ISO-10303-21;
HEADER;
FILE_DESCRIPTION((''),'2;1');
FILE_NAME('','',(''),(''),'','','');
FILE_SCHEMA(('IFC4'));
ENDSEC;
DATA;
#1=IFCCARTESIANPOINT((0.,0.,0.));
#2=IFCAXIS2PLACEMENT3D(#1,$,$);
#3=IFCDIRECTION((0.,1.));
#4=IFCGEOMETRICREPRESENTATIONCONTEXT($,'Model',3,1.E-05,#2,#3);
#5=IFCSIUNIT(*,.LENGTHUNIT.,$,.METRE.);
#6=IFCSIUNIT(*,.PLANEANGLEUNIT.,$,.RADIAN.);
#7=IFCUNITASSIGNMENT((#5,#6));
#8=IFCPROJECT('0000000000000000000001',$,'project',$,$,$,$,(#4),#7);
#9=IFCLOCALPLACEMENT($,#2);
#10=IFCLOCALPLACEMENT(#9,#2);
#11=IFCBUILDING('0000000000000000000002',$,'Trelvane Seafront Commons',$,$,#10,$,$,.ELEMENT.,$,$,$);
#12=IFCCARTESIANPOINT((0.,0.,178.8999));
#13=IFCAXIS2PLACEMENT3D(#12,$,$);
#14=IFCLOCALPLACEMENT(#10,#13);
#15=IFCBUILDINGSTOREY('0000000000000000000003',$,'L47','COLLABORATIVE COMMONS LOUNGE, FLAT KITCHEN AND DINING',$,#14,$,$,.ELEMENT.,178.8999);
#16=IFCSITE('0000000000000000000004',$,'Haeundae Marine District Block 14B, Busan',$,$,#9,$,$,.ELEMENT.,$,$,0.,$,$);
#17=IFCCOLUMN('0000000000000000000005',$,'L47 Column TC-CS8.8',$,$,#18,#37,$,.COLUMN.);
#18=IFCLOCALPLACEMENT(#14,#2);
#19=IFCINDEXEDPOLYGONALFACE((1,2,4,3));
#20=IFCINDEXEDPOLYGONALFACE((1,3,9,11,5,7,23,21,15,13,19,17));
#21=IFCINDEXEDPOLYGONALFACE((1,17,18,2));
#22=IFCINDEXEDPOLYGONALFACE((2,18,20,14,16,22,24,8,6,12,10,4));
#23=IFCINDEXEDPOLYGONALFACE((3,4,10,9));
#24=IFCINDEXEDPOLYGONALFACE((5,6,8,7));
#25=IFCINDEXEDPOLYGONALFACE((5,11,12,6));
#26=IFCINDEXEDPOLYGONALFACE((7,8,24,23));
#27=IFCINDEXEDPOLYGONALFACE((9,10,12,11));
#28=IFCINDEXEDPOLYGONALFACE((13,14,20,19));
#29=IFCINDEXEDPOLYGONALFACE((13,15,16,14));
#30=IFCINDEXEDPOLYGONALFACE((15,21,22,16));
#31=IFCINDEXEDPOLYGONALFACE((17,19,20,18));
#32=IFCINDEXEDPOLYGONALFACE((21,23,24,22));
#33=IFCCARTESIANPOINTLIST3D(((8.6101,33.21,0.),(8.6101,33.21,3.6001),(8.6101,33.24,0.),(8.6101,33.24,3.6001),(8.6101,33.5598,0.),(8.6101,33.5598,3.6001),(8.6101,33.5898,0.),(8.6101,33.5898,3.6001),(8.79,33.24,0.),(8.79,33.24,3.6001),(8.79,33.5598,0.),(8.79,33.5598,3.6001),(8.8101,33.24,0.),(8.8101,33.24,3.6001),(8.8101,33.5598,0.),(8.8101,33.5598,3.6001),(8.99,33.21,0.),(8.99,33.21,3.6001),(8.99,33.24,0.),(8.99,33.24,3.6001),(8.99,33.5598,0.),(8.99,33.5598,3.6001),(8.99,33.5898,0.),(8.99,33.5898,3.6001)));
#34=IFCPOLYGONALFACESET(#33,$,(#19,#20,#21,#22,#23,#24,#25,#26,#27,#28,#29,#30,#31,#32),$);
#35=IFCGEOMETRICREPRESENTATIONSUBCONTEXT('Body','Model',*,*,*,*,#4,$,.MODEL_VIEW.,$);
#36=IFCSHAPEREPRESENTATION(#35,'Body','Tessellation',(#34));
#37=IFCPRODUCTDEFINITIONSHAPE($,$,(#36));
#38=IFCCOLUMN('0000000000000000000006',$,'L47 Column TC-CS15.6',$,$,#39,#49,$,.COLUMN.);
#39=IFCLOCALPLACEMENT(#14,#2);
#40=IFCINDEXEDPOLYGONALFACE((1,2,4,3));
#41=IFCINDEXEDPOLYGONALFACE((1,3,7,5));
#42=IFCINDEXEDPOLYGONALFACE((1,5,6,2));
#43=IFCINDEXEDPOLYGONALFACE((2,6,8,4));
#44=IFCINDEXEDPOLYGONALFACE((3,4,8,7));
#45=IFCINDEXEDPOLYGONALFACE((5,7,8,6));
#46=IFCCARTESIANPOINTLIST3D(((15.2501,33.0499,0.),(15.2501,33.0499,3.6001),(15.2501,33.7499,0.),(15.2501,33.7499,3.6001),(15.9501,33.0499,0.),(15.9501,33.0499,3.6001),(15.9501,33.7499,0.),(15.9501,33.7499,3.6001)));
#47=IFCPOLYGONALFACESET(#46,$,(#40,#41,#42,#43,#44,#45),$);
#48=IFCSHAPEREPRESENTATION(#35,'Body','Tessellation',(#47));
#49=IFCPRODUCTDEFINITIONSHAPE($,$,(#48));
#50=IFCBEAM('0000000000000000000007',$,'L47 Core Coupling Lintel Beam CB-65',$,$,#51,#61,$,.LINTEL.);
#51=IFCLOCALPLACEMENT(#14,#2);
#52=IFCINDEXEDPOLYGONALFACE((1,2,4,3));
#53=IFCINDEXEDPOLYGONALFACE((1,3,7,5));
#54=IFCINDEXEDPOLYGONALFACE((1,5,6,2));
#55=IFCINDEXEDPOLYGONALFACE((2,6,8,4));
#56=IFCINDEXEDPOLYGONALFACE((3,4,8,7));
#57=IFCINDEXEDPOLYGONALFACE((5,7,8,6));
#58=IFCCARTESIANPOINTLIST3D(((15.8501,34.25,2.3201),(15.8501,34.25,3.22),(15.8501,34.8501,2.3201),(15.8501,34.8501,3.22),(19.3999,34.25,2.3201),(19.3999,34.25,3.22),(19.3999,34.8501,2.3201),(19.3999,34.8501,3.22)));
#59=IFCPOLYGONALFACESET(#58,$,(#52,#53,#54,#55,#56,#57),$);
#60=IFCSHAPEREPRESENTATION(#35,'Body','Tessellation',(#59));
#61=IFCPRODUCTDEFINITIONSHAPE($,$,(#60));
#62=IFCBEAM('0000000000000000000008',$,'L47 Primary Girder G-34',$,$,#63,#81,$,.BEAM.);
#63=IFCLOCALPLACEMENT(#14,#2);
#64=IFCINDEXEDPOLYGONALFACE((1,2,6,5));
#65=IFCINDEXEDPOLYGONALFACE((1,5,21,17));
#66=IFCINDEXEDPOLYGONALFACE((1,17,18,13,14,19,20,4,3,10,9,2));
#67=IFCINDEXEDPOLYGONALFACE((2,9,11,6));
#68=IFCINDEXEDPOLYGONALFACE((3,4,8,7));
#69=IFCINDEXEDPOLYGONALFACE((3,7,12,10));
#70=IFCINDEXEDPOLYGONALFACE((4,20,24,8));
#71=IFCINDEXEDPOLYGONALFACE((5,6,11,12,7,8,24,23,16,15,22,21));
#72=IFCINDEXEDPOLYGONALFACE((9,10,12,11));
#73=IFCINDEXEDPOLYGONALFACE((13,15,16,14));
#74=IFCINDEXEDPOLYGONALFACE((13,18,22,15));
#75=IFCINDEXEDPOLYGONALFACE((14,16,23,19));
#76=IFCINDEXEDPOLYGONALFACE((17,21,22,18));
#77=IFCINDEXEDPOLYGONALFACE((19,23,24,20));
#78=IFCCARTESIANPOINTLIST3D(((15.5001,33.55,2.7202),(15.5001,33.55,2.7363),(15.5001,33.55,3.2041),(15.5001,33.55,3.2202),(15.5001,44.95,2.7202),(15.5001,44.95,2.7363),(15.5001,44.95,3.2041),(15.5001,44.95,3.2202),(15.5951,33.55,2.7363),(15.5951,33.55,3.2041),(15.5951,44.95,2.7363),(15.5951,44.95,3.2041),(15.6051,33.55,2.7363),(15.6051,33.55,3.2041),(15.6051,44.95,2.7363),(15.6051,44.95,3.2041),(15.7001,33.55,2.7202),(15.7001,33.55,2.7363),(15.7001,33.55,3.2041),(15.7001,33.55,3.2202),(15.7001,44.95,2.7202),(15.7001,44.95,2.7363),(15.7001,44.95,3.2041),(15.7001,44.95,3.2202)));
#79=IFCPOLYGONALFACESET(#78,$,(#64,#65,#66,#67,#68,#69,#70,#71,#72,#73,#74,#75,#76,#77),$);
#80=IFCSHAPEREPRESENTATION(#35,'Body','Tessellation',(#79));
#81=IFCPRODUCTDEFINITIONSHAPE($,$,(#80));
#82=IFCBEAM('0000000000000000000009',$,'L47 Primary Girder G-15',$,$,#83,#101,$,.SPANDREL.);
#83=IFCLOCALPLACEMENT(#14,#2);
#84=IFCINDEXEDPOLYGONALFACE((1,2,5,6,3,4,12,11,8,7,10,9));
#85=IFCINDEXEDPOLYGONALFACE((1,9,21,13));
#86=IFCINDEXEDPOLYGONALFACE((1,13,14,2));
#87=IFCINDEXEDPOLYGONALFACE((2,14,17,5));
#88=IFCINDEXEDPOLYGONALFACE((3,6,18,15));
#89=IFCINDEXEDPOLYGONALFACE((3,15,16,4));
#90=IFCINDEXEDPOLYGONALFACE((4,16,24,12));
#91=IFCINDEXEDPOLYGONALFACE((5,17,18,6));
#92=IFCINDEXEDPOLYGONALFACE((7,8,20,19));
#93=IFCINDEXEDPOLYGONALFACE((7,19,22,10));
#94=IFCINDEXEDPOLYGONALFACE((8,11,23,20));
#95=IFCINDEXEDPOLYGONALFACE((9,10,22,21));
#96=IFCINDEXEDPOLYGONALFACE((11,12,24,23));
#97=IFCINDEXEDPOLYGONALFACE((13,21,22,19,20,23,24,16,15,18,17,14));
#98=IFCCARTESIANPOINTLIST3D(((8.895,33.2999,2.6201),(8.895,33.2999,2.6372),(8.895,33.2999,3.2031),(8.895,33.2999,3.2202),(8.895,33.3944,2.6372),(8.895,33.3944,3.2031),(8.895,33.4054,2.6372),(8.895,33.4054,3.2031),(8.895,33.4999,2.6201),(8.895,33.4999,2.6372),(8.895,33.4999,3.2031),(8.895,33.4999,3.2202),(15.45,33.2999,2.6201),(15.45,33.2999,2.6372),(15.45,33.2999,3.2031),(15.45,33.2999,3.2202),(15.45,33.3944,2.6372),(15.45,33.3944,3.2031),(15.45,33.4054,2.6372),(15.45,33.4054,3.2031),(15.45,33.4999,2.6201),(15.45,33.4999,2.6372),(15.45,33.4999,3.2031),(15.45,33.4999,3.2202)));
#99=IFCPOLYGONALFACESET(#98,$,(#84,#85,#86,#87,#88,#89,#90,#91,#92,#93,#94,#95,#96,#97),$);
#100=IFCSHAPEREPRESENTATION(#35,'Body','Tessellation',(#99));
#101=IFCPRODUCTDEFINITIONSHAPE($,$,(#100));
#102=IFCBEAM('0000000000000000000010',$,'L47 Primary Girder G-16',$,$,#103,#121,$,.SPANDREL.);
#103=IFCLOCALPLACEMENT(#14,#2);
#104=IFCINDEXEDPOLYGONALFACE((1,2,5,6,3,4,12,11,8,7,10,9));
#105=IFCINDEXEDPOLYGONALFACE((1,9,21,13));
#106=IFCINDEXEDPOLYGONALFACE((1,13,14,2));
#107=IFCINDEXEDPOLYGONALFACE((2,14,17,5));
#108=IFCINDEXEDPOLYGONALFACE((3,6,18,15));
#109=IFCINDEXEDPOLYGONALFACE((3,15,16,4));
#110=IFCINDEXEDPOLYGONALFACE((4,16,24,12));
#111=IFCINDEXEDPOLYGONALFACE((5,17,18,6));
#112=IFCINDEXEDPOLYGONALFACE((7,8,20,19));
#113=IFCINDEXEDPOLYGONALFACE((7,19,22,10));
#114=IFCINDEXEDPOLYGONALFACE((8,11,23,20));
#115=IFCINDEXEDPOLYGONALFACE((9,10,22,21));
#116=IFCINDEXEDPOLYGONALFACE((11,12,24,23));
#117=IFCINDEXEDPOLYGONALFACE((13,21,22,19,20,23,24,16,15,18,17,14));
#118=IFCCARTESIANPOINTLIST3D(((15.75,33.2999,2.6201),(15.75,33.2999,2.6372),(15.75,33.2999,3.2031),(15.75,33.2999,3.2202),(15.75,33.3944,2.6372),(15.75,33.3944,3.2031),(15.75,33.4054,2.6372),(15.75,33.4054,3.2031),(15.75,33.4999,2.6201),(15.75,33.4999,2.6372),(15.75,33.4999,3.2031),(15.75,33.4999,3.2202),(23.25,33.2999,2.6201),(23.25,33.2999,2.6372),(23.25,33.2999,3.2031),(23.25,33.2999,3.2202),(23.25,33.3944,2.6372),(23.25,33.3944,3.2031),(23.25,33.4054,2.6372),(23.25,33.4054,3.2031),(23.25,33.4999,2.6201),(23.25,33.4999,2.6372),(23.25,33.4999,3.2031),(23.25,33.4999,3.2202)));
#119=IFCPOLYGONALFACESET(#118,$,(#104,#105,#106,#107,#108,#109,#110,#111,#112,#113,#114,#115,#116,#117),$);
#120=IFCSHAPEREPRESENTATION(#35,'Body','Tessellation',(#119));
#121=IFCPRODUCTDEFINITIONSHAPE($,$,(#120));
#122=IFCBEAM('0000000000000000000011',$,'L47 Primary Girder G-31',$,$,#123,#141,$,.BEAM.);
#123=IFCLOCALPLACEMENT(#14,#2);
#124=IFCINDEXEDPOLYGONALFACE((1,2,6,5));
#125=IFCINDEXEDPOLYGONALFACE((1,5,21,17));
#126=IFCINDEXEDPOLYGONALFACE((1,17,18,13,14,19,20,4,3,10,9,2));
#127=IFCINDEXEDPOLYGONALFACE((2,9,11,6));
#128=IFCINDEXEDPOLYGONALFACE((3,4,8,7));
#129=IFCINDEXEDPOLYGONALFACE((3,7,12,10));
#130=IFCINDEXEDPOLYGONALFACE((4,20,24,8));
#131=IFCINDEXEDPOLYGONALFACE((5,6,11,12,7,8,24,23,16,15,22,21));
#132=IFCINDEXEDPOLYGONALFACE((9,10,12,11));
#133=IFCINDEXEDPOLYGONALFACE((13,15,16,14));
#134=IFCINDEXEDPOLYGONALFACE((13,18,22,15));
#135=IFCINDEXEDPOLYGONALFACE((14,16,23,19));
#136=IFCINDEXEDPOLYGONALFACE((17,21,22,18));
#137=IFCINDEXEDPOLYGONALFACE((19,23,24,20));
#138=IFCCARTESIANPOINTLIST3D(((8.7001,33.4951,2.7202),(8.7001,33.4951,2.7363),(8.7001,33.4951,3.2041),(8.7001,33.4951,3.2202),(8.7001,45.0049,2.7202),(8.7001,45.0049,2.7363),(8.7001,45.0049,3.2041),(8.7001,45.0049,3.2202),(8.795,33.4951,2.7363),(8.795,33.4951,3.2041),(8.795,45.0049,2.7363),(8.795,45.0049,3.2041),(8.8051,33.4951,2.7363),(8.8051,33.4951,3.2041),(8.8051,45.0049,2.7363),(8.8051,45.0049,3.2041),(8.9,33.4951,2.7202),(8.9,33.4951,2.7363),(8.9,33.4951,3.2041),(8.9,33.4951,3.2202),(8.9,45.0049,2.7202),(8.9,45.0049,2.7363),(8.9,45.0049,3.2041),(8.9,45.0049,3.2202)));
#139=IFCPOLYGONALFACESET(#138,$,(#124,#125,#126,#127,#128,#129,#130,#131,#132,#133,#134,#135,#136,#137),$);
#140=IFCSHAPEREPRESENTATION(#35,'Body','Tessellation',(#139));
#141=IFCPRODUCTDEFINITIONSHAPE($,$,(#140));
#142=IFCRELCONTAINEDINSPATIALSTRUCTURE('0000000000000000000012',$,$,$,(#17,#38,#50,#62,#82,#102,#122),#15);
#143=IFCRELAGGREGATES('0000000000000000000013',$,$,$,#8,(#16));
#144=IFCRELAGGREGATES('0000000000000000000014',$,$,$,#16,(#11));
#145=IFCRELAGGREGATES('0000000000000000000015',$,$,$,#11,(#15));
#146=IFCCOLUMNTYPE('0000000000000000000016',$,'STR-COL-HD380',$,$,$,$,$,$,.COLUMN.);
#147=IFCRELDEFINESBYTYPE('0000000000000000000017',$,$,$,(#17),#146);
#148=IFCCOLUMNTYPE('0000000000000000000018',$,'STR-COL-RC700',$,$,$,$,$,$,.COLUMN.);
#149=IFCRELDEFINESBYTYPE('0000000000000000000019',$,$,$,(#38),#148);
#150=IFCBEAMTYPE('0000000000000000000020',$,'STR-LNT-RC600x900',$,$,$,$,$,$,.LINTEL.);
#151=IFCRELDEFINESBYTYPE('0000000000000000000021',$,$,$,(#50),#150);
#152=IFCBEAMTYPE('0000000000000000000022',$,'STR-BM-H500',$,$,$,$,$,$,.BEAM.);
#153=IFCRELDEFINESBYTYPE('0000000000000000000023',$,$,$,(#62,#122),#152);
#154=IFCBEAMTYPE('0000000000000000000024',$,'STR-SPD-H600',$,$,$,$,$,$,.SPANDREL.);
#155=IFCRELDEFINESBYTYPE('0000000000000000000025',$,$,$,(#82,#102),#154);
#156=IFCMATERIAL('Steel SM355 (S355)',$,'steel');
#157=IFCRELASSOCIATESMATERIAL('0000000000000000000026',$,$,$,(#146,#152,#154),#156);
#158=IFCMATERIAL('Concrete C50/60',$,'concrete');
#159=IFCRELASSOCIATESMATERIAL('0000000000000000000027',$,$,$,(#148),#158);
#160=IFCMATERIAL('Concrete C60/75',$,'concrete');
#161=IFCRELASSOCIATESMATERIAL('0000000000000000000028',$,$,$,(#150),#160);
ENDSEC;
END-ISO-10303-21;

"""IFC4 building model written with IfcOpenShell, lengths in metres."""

from ifc_helpers import new_model, si_unit, direction, frame, origin, origin_2d, place, context, subcontext, project, spatial, rectangle, i_section, extrude, source, transform, mapped, material, material_profile, profile_set, type_object, element, save


model = new_model("IFC4")

# Units and contexts
model_context = context("Model", 3, precision=1e-05, world=origin(), true_north=direction((0.0, 1.0)))
body_context = subcontext(model_context, "Body", "Model", "MODEL_VIEW")
ifc_project = project(units=[si_unit("LENGTHUNIT", "METRE"), si_unit("PLANEANGLEUNIT", "RADIAN")], contexts=[model_context])

# Site, building, storey
site_placement = place(None, origin())
site = spatial("IfcSite", under=ifc_project, at=site_placement, Name="Haeundae Marine District Block 14B, Busan", CompositionType="ELEMENT", RefElevation=0.0)
building_placement = place(site_placement, origin())
building = spatial("IfcBuilding", under=site, at=building_placement, Name="Trelvane Seafront Commons", CompositionType="ELEMENT")
storey_placement = place(building_placement, frame((0.0, 0.0, 178.8999)))
storey = spatial("IfcBuildingStorey", under=building, at=storey_placement, Name="L47", Description="COLLABORATIVE COMMONS LOUNGE, FLAT KITCHEN AND DINING", CompositionType="ELEMENT", Elevation=178.8999)

# Columns
ifc_material_1 = material(Name="Steel SM355 (S355)", Category="steel")
ifc_material_profile_1 = material_profile(ifc_material_1, i_section(OverallWidth=0.3799, OverallDepth=0.3799, WebThickness=0.02, FlangeThickness=0.03, at=origin_2d()), Name="HD-380x380x20x30")
ifc_profile_set_1 = profile_set([ifc_material_profile_1], Name="Steel SM355 (S355)")
column_type_1 = type_object("IfcColumnType", Name="STR-COL-HD380", PredefinedType="COLUMN", material=ifc_profile_set_1)
shared_shape_1 = source(origin(), body_context, "Body", "SweptSolid", [
    extrude(i_section(OverallWidth=0.3799, OverallDepth=0.3799, WebThickness=0.02, FlangeThickness=0.03, at=origin_2d()), origin(), (0.0, 0.0, 1.0), 3.6001),
])
column_1_placement = place(storey_placement, frame((8.8, 33.3999, 0.0), z_axis=(0.0, 0.0, 1.0), x_axis=(1.0, 0.0, 0.0)))
element("IfcColumn", 1, at=column_1_placement, inside=storey, type_object=column_type_1, Name="L47 Column TC-CS8.8", PredefinedType="COLUMN", context=body_context, shape_type="MappedRepresentation", body=[
    mapped(shared_shape_1, transform((0.0, 0.0, 0.0), x_axis=(1.0, 0.0, 0.0), y_axis=(0.0, 1.0, 0.0), z_axis=(0.0, 0.0, 1.0), scale=1.0)),
])
ifc_material_2 = material(Name="Concrete C50/60", Category="concrete")
ifc_material_profile_2 = material_profile(ifc_material_2, rectangle(XDim=0.7, YDim=0.7, at=origin_2d()), Name="RC-700x700")
ifc_profile_set_2 = profile_set([ifc_material_profile_2], Name="Concrete C50/60")
column_type_2 = type_object("IfcColumnType", Name="STR-COL-RC700", PredefinedType="COLUMN", material=ifc_profile_set_2)
shared_shape_2 = source(origin(), body_context, "Body", "SweptSolid", [
    extrude(rectangle(XDim=0.7, YDim=0.7, at=origin_2d()), origin(), (0.0, 0.0, 1.0), 3.6001),
])
column_2_placement = place(storey_placement, frame((15.6001, 33.3999, 0.0), z_axis=(0.0, 0.0, 1.0), x_axis=(1.0, 0.0, 0.0)))
element("IfcColumn", 2, at=column_2_placement, inside=storey, type_object=column_type_2, Name="L47 Column TC-CS15.6", PredefinedType="COLUMN", context=body_context, shape_type="MappedRepresentation", body=[
    mapped(shared_shape_2, transform((0.0, 0.0, 0.0), x_axis=(1.0, 0.0, 0.0), y_axis=(0.0, 1.0, 0.0), z_axis=(0.0, 0.0, 1.0), scale=1.0)),
])

# Beams
ifc_material_3 = material(Name="Concrete C60/75", Category="concrete")
ifc_material_profile_3 = material_profile(ifc_material_3, rectangle(XDim=0.6001, YDim=0.8999, at=origin_2d()), Name="RC-600x900")
ifc_profile_set_3 = profile_set([ifc_material_profile_3], Name="Concrete C60/75")
beam_type_1 = type_object("IfcBeamType", Name="STR-LNT-RC600x900", PredefinedType="LINTEL", material=ifc_profile_set_3)
shared_shape_3 = source(origin(), body_context, "Body", "SweptSolid", [
    extrude(rectangle(XDim=0.6001, YDim=0.8999, at=origin_2d()), origin(), (0.0, 0.0, 1.0), 3.5498),
])
beam_1_placement = place(storey_placement, frame((15.8501, 34.55, 2.77), z_axis=(1.0, 0.0, 0.0), x_axis=(0.0, 1.0, 0.0)))
element("IfcBeam", 3, at=beam_1_placement, inside=storey, type_object=beam_type_1, Name="L47 Core Coupling Lintel Beam CB-65", PredefinedType="LINTEL", context=body_context, shape_type="MappedRepresentation", body=[
    mapped(shared_shape_3, transform((0.0, 0.0, 0.0), x_axis=(1.0, 0.0, 0.0), y_axis=(0.0, 1.0, 0.0), z_axis=(0.0, 0.0, 1.0), scale=1.0)),
])
ifc_material_profile_4 = material_profile(ifc_material_1, i_section(OverallWidth=0.2, OverallDepth=0.5, WebThickness=0.01, FlangeThickness=0.0161, at=origin_2d()), Name="H-500x200x10x16")
ifc_profile_set_4 = profile_set([ifc_material_profile_4], Name="Steel SM355 (S355)")
beam_type_2 = type_object("IfcBeamType", Name="STR-BM-H500", PredefinedType="BEAM", material=ifc_profile_set_4)
shared_shape_4 = source(origin(), body_context, "Body", "SweptSolid", [
    extrude(i_section(OverallWidth=0.2, OverallDepth=0.5, WebThickness=0.01, FlangeThickness=0.0161, at=origin_2d()), origin(), (0.0, 0.0, 1.0), 11.3999),
])
beam_2_placement = place(storey_placement, frame((15.6001, 33.55, 2.9702), z_axis=(0.0, 1.0, 0.0), x_axis=(-1.0, 0.0, 0.0)))
element("IfcBeam", 4, at=beam_2_placement, inside=storey, type_object=beam_type_2, Name="L47 Primary Girder G-34", PredefinedType="BEAM", context=body_context, shape_type="MappedRepresentation", body=[
    mapped(shared_shape_4, transform((0.0, 0.0, 0.0), x_axis=(1.0, 0.0, 0.0), y_axis=(0.0, 1.0, 0.0), z_axis=(0.0, 0.0, 1.0), scale=1.0)),
])
ifc_material_profile_5 = material_profile(ifc_material_1, i_section(OverallWidth=0.2, OverallDepth=0.6001, WebThickness=0.011, FlangeThickness=0.0171, at=origin_2d()), Name="H-600x200x11x17")
ifc_profile_set_5 = profile_set([ifc_material_profile_5], Name="Steel SM355 (S355)")
beam_type_3 = type_object("IfcBeamType", Name="STR-SPD-H600", PredefinedType="SPANDREL", material=ifc_profile_set_5)
shared_shape_5 = source(origin(), body_context, "Body", "SweptSolid", [
    extrude(i_section(OverallWidth=0.2, OverallDepth=0.6001, WebThickness=0.011, FlangeThickness=0.0171, at=origin_2d()), origin(), (0.0, 0.0, 1.0), 6.5549),
])
beam_3_placement = place(storey_placement, frame((8.895, 33.3999, 2.9202), z_axis=(1.0, 0.0, 0.0), x_axis=(0.0, 1.0, 0.0)))
element("IfcBeam", 5, at=beam_3_placement, inside=storey, type_object=beam_type_3, Name="L47 Primary Girder G-15", PredefinedType="SPANDREL", context=body_context, shape_type="MappedRepresentation", body=[
    mapped(shared_shape_5, transform((0.0, 0.0, 0.0), x_axis=(1.0, 0.0, 0.0), y_axis=(0.0, 1.0, 0.0), z_axis=(0.0, 0.0, 1.0), scale=1.0)),
])
shared_shape_6 = source(origin(), body_context, "Body", "SweptSolid", [
    extrude(i_section(OverallWidth=0.2, OverallDepth=0.6001, WebThickness=0.011, FlangeThickness=0.0171, at=origin_2d()), origin(), (0.0, 0.0, 1.0), 7.5),
])
beam_4_placement = place(storey_placement, frame((15.75, 33.3999, 2.9202), z_axis=(1.0, 0.0, 0.0), x_axis=(0.0, 1.0, 0.0)))
element("IfcBeam", 6, at=beam_4_placement, inside=storey, type_object=beam_type_3, Name="L47 Primary Girder G-16", PredefinedType="SPANDREL", context=body_context, shape_type="MappedRepresentation", body=[
    mapped(shared_shape_6, transform((0.0, 0.0, 0.0), x_axis=(1.0, 0.0, 0.0), y_axis=(0.0, 1.0, 0.0), z_axis=(0.0, 0.0, 1.0), scale=1.0)),
])
shared_shape_7 = source(origin(), body_context, "Body", "SweptSolid", [
    extrude(i_section(OverallWidth=0.2, OverallDepth=0.5, WebThickness=0.01, FlangeThickness=0.0161, at=origin_2d()), origin(), (0.0, 0.0, 1.0), 11.5098),
])
beam_5_placement = place(storey_placement, frame((8.8, 33.4951, 2.9702), z_axis=(0.0, 1.0, 0.0), x_axis=(-1.0, 0.0, 0.0)))
element("IfcBeam", 7, at=beam_5_placement, inside=storey, type_object=beam_type_2, Name="L47 Primary Girder G-31", PredefinedType="BEAM", context=body_context, shape_type="MappedRepresentation", body=[
    mapped(shared_shape_7, transform((0.0, 0.0, 0.0), x_axis=(1.0, 0.0, 0.0), y_axis=(0.0, 1.0, 0.0), z_axis=(0.0, 0.0, 1.0), scale=1.0)),
])

save(model, "model.ifc")
